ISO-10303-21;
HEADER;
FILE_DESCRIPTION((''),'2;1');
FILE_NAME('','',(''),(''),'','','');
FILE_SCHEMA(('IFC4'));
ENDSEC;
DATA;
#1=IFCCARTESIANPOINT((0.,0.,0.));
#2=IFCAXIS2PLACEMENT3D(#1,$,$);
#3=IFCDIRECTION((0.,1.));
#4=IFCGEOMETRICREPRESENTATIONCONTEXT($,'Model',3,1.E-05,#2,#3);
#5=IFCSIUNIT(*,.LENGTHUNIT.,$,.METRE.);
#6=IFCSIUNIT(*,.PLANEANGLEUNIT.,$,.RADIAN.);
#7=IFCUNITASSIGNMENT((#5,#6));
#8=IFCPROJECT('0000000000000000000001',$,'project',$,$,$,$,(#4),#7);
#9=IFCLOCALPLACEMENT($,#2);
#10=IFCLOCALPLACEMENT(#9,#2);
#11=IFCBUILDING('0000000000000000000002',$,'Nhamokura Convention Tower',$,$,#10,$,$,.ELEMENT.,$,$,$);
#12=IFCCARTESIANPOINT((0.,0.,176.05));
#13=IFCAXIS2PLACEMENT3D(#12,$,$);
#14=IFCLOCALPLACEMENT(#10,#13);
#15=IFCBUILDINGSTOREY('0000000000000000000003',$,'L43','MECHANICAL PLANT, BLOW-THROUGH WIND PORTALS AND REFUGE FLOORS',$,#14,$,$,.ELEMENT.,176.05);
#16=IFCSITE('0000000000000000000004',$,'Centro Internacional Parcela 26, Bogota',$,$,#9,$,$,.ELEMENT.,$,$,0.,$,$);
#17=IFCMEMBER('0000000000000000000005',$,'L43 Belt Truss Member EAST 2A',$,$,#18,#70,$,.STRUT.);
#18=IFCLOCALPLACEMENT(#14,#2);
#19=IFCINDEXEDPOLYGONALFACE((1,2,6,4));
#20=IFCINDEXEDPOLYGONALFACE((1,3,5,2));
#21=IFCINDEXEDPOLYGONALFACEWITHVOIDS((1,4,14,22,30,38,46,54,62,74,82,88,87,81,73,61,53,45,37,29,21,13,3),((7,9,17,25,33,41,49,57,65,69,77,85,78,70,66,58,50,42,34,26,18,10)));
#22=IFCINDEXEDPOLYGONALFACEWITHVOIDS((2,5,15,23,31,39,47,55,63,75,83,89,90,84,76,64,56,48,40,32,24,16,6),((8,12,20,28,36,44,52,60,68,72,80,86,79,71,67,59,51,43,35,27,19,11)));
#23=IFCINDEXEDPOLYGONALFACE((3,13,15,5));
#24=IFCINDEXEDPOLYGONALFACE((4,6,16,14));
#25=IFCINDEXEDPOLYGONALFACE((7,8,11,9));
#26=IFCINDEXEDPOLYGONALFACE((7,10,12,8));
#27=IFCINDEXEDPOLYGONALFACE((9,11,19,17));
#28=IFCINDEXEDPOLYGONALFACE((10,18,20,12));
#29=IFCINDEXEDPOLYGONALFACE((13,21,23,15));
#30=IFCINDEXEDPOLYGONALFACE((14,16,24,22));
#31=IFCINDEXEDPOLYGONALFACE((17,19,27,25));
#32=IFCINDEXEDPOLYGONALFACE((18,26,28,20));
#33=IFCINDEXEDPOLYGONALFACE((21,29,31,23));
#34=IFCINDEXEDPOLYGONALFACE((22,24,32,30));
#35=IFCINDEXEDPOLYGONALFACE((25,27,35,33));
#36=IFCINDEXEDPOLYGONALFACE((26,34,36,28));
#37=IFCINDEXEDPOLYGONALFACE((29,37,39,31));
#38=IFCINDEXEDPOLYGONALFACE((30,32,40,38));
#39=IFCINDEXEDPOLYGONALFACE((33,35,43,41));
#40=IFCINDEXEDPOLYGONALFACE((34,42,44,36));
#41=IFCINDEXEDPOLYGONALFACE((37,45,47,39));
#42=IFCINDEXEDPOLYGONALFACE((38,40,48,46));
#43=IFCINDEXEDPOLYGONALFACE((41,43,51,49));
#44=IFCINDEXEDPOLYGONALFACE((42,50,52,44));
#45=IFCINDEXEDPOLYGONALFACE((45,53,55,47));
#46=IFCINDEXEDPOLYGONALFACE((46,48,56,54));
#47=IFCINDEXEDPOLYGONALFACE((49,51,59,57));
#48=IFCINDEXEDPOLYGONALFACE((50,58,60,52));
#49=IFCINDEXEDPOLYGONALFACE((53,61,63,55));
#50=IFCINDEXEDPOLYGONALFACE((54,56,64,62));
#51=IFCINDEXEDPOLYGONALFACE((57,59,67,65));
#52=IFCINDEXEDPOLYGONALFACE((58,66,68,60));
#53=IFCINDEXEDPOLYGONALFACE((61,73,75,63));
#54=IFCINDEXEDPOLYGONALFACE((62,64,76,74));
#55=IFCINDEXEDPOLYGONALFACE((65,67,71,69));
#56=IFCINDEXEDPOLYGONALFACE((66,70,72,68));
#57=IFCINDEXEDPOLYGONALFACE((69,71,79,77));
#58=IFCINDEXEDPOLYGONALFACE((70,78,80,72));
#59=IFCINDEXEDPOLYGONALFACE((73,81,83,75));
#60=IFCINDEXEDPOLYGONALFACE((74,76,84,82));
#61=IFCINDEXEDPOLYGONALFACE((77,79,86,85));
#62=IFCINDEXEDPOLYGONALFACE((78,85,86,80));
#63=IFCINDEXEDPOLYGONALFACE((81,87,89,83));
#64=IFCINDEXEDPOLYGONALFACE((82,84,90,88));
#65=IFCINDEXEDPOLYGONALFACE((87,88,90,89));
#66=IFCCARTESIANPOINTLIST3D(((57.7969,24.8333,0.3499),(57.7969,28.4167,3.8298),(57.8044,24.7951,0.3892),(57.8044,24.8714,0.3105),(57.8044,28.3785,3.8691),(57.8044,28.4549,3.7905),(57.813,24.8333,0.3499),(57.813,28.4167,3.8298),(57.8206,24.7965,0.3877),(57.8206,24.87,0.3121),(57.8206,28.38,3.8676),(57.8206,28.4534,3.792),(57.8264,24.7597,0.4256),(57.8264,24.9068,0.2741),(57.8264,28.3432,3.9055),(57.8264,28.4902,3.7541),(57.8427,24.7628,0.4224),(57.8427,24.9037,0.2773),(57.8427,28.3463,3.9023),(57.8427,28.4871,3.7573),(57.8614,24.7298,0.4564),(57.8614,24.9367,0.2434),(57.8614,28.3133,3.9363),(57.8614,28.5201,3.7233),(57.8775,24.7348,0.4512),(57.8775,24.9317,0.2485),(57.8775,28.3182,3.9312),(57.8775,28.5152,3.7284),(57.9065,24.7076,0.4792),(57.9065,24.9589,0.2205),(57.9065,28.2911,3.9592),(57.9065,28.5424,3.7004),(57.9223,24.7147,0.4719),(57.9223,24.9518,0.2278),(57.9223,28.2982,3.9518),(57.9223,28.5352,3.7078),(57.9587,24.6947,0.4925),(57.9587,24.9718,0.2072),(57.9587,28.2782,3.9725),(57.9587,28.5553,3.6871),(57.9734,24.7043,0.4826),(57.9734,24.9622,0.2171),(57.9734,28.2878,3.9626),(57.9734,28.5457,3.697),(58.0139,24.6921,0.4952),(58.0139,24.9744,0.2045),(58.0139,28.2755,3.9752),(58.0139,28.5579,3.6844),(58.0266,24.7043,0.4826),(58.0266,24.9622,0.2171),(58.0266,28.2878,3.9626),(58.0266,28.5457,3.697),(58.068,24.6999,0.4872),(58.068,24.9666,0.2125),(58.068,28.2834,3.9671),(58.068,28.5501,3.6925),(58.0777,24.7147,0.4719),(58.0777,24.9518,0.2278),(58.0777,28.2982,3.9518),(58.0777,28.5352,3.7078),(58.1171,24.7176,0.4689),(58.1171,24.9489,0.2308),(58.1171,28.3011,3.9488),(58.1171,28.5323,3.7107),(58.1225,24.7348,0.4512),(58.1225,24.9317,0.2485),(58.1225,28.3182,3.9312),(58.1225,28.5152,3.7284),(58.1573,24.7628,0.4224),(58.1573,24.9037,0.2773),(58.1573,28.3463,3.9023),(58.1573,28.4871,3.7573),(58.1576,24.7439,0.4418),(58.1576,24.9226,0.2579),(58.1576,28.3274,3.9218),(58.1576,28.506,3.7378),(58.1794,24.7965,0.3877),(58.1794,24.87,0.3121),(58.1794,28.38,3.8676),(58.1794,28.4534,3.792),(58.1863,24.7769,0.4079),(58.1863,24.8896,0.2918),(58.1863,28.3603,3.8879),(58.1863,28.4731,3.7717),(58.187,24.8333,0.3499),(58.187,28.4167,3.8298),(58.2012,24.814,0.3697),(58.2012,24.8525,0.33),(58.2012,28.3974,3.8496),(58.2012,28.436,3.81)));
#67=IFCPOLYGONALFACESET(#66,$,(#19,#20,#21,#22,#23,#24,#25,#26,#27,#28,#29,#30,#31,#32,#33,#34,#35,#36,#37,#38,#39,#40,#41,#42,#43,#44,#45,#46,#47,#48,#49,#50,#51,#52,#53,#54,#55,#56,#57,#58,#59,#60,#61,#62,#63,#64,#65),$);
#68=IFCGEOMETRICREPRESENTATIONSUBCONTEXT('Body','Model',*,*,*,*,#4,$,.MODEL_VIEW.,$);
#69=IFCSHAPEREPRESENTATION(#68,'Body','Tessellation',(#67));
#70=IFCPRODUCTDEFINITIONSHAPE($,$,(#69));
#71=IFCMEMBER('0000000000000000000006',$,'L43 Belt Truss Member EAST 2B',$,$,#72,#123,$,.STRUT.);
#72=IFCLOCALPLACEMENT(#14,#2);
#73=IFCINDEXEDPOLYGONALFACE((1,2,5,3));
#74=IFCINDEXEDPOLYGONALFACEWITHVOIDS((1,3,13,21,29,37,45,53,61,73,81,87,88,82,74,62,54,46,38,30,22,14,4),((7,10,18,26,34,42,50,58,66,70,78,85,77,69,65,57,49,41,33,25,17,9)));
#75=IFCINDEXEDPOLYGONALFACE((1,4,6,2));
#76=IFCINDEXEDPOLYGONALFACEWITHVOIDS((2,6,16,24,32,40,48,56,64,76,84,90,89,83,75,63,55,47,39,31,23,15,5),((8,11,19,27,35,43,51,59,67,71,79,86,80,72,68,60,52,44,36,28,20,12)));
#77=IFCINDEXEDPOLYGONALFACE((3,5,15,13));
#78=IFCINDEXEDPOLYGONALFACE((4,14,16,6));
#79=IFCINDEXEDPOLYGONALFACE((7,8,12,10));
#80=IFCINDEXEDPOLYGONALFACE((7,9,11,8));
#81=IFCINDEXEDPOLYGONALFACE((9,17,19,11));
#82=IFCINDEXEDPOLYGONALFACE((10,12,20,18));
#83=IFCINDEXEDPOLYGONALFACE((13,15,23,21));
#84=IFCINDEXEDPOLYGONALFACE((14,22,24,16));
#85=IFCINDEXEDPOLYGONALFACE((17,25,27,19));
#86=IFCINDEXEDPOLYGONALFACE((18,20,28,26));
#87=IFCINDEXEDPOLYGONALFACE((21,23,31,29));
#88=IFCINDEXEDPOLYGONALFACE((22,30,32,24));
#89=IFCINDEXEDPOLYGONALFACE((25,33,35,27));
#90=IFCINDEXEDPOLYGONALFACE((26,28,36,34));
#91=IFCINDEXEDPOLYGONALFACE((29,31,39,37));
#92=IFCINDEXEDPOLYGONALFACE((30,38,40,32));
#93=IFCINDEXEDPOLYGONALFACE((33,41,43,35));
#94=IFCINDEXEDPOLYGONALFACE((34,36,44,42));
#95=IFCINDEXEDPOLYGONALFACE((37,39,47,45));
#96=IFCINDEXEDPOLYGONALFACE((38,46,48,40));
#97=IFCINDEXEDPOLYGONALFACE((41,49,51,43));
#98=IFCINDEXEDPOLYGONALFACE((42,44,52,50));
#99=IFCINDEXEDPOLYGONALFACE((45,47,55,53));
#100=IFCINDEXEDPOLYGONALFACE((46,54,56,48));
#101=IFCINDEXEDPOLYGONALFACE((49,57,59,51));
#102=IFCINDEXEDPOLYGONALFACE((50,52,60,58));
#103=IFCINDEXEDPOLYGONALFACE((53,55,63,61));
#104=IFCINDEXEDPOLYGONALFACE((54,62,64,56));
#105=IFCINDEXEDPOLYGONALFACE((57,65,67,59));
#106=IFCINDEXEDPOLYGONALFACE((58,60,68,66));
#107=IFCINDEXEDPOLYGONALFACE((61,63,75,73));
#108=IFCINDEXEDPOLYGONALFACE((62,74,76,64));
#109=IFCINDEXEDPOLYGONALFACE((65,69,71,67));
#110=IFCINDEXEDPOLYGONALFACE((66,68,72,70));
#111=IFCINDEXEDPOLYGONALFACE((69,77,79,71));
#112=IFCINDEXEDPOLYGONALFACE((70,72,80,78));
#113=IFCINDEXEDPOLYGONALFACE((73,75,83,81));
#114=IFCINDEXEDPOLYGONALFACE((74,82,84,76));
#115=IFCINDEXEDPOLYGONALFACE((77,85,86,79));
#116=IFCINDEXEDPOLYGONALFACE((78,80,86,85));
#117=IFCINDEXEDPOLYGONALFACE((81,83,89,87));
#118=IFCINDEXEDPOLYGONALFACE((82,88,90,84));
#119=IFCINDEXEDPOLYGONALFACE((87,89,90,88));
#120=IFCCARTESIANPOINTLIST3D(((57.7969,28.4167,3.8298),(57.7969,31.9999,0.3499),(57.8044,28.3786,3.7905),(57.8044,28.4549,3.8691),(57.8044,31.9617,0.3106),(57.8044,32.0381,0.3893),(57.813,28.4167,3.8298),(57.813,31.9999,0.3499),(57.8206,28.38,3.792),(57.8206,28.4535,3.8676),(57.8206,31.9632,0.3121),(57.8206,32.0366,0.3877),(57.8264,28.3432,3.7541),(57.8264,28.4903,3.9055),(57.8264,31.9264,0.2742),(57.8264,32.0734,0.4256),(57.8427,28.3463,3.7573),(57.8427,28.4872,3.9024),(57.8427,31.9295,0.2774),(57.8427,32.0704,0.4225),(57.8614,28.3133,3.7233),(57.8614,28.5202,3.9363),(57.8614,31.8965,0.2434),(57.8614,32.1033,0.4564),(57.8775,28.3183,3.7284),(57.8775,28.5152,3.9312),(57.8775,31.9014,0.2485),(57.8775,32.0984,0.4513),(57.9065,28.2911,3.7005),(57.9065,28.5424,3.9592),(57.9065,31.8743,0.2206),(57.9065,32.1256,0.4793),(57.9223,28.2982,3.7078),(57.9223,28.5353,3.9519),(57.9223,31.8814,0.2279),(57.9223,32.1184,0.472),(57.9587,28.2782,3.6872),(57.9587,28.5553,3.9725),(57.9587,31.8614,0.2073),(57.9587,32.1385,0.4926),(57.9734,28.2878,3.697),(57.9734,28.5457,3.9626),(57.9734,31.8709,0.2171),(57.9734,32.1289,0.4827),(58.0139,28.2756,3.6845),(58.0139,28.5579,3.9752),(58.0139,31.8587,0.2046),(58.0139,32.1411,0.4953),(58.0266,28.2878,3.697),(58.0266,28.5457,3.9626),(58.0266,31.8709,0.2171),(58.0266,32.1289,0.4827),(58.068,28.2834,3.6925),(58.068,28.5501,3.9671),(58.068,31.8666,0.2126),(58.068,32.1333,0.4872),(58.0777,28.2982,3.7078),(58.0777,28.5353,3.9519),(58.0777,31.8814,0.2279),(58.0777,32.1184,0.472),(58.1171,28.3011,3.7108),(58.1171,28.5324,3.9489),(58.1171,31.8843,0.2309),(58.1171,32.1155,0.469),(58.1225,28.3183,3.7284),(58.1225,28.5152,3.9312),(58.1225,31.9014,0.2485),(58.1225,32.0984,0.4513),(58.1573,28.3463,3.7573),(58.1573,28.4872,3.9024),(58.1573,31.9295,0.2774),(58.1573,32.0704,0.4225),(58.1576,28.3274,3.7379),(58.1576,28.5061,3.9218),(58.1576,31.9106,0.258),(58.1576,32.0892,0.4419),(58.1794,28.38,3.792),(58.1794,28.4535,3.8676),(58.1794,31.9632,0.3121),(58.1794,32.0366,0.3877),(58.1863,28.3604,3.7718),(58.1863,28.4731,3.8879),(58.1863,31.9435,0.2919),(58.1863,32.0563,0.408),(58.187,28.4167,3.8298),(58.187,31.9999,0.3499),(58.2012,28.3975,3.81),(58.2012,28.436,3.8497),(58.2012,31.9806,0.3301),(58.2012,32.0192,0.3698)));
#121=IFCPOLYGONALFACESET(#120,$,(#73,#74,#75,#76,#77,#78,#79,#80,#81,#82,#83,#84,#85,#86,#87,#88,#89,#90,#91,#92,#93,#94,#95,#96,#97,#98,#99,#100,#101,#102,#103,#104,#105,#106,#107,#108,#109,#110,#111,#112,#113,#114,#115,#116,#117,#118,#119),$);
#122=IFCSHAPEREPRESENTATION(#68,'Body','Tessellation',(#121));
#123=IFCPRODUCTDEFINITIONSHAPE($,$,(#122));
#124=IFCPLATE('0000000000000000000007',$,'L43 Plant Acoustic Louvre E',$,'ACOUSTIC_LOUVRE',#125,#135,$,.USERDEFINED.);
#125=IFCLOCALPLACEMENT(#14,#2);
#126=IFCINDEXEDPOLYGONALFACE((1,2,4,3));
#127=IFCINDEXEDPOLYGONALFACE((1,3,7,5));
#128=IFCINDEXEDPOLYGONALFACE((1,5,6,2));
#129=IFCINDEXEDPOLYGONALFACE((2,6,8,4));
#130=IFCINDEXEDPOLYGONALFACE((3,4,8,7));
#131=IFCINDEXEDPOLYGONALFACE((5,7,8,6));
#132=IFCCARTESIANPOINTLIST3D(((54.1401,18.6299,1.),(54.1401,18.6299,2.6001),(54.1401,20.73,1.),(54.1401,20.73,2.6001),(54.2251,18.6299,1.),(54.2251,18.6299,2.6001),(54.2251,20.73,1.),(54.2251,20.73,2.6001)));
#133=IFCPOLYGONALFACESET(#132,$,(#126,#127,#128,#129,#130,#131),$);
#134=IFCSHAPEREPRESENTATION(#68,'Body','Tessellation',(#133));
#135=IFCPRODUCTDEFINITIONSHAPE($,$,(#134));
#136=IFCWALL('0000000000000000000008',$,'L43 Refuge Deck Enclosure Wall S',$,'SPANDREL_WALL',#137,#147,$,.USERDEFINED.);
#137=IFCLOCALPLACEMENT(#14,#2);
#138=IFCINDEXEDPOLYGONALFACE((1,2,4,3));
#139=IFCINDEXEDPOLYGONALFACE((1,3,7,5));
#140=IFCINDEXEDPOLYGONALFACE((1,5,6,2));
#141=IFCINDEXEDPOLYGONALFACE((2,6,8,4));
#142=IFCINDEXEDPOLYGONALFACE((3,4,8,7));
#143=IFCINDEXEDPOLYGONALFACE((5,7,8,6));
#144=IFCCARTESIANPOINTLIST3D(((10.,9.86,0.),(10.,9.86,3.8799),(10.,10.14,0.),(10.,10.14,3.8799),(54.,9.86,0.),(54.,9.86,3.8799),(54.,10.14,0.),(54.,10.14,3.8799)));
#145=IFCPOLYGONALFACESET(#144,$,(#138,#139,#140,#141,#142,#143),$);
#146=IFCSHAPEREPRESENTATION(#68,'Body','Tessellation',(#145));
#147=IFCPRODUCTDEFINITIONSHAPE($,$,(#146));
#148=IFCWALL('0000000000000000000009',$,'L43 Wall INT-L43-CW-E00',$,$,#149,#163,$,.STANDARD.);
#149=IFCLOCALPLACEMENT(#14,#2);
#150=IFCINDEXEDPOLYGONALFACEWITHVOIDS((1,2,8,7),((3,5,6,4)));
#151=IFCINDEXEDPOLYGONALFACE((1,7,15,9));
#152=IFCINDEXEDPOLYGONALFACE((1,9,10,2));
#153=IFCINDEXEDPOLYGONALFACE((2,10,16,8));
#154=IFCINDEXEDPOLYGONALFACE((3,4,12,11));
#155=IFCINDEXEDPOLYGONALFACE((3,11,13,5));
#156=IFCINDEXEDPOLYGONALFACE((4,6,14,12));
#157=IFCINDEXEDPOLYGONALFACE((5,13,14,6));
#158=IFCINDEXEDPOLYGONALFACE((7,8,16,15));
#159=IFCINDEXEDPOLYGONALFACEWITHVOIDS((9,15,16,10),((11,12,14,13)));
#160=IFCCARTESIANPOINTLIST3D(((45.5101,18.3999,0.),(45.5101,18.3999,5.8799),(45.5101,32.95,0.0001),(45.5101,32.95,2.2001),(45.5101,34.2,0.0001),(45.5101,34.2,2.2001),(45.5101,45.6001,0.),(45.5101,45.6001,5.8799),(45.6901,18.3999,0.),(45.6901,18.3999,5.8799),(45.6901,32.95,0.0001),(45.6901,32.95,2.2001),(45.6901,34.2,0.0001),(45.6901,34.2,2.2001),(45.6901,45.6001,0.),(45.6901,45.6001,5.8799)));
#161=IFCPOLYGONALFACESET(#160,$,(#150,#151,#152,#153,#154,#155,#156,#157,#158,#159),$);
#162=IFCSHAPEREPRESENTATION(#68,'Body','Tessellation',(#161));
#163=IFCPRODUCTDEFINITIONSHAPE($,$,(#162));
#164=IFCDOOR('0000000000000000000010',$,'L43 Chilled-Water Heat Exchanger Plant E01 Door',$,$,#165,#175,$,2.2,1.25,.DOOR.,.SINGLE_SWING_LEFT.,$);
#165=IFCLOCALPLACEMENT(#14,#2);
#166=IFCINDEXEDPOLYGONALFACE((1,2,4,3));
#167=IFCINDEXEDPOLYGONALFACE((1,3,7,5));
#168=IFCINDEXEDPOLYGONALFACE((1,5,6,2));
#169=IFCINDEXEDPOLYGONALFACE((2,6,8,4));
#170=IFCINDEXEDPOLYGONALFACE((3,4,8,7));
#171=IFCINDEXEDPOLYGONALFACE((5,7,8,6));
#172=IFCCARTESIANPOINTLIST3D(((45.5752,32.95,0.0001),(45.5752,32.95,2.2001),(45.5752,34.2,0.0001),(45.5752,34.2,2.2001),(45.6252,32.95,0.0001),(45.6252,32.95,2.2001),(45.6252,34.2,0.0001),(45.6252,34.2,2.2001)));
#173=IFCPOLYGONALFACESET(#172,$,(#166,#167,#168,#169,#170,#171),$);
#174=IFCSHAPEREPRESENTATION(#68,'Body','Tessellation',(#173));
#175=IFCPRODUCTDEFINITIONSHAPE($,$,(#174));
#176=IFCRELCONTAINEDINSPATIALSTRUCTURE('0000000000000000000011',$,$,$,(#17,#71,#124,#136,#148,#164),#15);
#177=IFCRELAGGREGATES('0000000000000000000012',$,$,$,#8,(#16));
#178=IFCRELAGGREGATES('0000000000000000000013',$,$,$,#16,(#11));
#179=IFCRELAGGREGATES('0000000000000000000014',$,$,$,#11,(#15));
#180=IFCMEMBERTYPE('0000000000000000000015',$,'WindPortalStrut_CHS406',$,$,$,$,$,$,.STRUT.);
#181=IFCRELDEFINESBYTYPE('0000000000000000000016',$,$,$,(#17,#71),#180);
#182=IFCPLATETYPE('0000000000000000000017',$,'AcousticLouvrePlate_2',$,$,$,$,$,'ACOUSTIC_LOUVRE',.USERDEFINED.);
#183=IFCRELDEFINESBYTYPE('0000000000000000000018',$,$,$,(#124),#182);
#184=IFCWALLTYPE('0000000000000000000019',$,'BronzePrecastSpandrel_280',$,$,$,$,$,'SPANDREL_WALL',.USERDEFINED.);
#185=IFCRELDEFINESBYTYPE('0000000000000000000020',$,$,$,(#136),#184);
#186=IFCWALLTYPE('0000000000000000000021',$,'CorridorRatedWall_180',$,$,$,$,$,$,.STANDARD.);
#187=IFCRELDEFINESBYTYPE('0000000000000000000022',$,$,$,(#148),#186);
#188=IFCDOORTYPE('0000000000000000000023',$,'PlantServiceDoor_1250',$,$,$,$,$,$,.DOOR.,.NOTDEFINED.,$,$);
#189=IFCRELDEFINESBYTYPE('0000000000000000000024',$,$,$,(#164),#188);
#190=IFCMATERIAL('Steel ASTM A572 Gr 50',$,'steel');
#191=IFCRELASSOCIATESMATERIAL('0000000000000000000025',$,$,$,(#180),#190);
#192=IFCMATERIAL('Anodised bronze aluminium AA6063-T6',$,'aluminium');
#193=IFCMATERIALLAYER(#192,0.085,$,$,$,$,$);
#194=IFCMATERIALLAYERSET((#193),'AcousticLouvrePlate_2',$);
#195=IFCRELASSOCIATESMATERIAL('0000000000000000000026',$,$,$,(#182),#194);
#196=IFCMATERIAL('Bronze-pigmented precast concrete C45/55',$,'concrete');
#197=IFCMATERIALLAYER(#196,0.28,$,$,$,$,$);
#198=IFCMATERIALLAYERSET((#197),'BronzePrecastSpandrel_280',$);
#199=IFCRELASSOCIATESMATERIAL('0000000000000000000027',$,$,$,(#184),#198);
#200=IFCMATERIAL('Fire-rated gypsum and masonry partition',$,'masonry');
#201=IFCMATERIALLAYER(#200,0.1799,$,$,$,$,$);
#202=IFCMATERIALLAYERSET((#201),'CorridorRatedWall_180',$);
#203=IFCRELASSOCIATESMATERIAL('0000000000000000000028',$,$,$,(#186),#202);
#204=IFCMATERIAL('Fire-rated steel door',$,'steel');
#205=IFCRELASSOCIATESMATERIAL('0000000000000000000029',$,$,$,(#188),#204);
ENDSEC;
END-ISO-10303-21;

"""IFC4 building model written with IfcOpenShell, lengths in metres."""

from ifc_helpers import new_model, si_unit, direction, frame, frame_2d, origin, origin_2d, place, context, subcontext, project, spatial, rectangle, hollow_circle, extrude, material, layer, layer_set, material_profile, profile_set, type_object, element, fill, save


model = new_model("IFC4")

# Units and contexts
model_context = context("Model", 3, precision=1e-05, world=origin(), true_north=direction((0.0, 1.0)))
body_context = subcontext(model_context, "Body", "Model", "MODEL_VIEW")
ifc_project = project(units=[si_unit("LENGTHUNIT", "METRE"), si_unit("PLANEANGLEUNIT", "RADIAN")], contexts=[model_context])

# Site, building, storey
site_placement = place(None, origin())
site = spatial("IfcSite", under=ifc_project, at=site_placement, Name="Centro Internacional Parcela 26, Bogota", CompositionType="ELEMENT", RefElevation=0.0)
building_placement = place(site_placement, origin())
building = spatial("IfcBuilding", under=site, at=building_placement, Name="Nhamokura Convention Tower", CompositionType="ELEMENT")
storey_placement = place(building_placement, frame((0.0, 0.0, 176.05)))
storey = spatial("IfcBuildingStorey", under=building, at=storey_placement, Name="L43", Description="MECHANICAL PLANT, BLOW-THROUGH WIND PORTALS AND REFUGE FLOORS", CompositionType="ELEMENT", Elevation=176.05)

# Members
ifc_material_1 = material(Name="Steel ASTM A572 Gr 50", Category="steel")
ifc_material_profile_1 = material_profile(ifc_material_1, hollow_circle(Radius=0.2031, WallThickness=0.0161, at=origin_2d()))
ifc_profile_set_1 = profile_set([ifc_material_profile_1], Name="Steel ASTM A572 Gr 50")
member_type_1 = type_object("IfcMemberType", Name="WindPortalStrut_CHS406", PredefinedType="STRUT", material=ifc_profile_set_1)
member_1_placement = place(storey_placement, frame((58.0, 24.8333, 0.3499), z_axis=(0.0, 0.717392, 0.696669), x_axis=(-1.0, 0.0, 0.0)))
element("IfcMember", 1, at=member_1_placement, inside=storey, type_object=member_type_1, Name="L43 Belt Truss Member EAST 2A", PredefinedType="STRUT", context=body_context, shape_type="SweptSolid", body=[
    extrude(hollow_circle(Radius=0.2031, WallThickness=0.0161, at=origin_2d()), origin(), (0.0, 0.0, 1.0), 4.9951),
])
member_2_placement = place(storey_placement, frame((58.0, 28.4167, 3.8298), z_axis=(0.0, 0.717369, -0.696694), x_axis=(-1.0, 0.0, 0.0)))
element("IfcMember", 2, at=member_2_placement, inside=storey, type_object=member_type_1, Name="L43 Belt Truss Member EAST 2B", PredefinedType="STRUT", context=body_context, shape_type="SweptSolid", body=[
    extrude(hollow_circle(Radius=0.2031, WallThickness=0.0161, at=origin_2d()), origin(), (0.0, 0.0, 1.0), 4.9949),
])

# Plate
ifc_material_2 = material(Name="Anodised bronze aluminium AA6063-T6", Category="aluminium")
ifc_layer_1 = layer(ifc_material_2, 0.085)
ifc_layer_set_1 = layer_set([ifc_layer_1], Name="AcousticLouvrePlate_2")
plate_type = type_object("IfcPlateType", Name="AcousticLouvrePlate_2", ElementType="ACOUSTIC_LOUVRE", PredefinedType="USERDEFINED", material=ifc_layer_set_1)
plate_placement = place(storey_placement, frame((54.1826, 19.6799, 1.0), z_axis=(0.0, 0.0, 1.0), x_axis=(0.0, -1.0, 0.0)))
element("IfcPlate", 3, at=plate_placement, inside=storey, type_object=plate_type, Name="L43 Plant Acoustic Louvre E", ObjectType="ACOUSTIC_LOUVRE", PredefinedType="USERDEFINED", context=body_context, shape_type="SweptSolid", body=[
    extrude(rectangle(XDim=2.1001, YDim=0.085, at=origin_2d()), origin(), (0.0, 0.0, 1.0), 1.6001),
])

# Wall
ifc_material_3 = material(Name="Bronze-pigmented precast concrete C45/55", Category="concrete")
ifc_layer_2 = layer(ifc_material_3, 0.28)
ifc_layer_set_2 = layer_set([ifc_layer_2], Name="BronzePrecastSpandrel_280")
wall_type_1 = type_object("IfcWallType", Name="BronzePrecastSpandrel_280", ElementType="SPANDREL_WALL", PredefinedType="USERDEFINED", material=ifc_layer_set_2)
wall_1_placement = place(storey_placement, frame((54.0, 10.0, 0.0), z_axis=(0.0, 0.0, 1.0), x_axis=(-1.0, 0.0, 0.0)))
element("IfcWall", 4, at=wall_1_placement, inside=storey, type_object=wall_type_1, Name="L43 Refuge Deck Enclosure Wall S", ObjectType="SPANDREL_WALL", PredefinedType="USERDEFINED", context=body_context, shape_type="SweptSolid", body=[
    extrude(rectangle(XDim=44.0, YDim=0.28, at=frame_2d((22.0, 0.0))), origin(), (0.0, 0.0, 1.0), 3.8799),
])

# Wall, opening, door
ifc_material_4 = material(Name="Fire-rated gypsum and masonry partition", Category="masonry")
ifc_layer_3 = layer(ifc_material_4, 0.1799)
ifc_layer_set_3 = layer_set([ifc_layer_3], Name="CorridorRatedWall_180")
wall_type_2 = type_object("IfcWallType", Name="CorridorRatedWall_180", PredefinedType="STANDARD", material=ifc_layer_set_3)
wall_2_placement = place(storey_placement, frame((45.6001, 18.3999, 0.0), z_axis=(0.0, 0.0, 1.0), x_axis=(0.0, 1.0, 0.0)))
wall_2 = element("IfcWall", 5, at=wall_2_placement, inside=storey, type_object=wall_type_2, Name="L43 Wall INT-L43-CW-E00", PredefinedType="STANDARD", context=body_context, shape_type="SweptSolid", body=[
    extrude(rectangle(XDim=27.2002, YDim=0.1799, at=frame_2d((13.6001, 0.0))), origin(), (0.0, 0.0, 1.0), 5.8799),
])
opening_placement = place(wall_2_placement, frame((14.55, 0.0, 0.0)))
opening = element("IfcOpeningElement", 6, at=opening_placement, cuts=wall_2, PredefinedType="OPENING", context=body_context, shape_type="SweptSolid", body=[
    extrude(rectangle(XDim=1.25, YDim=2.2, at=frame_2d((0.625, 1.1001))), frame((0.0, 0.0999, 0.0), z_axis=(0.0, -1.0, 0.0), x_axis=(1.0, 0.0, 0.0)), (0.0, 0.0, 1.0), 0.2),
])
ifc_material_5 = material(Name="Fire-rated steel door", Category="steel")
door_type = type_object("IfcDoorType", Name="PlantServiceDoor_1250", OperationType="NOTDEFINED", PredefinedType="DOOR", material=ifc_material_5)
door_placement = place(opening_placement, origin())
door = element("IfcDoor", 7, at=door_placement, inside=storey, type_object=door_type, Name="L43 Chilled-Water Heat Exchanger Plant E01 Door", OperationType="SINGLE_SWING_LEFT", OverallHeight=2.2, OverallWidth=1.25, PredefinedType="DOOR", context=body_context, shape_type="SweptSolid", body=[
    extrude(rectangle(XDim=1.25, YDim=2.2, at=frame_2d((0.625, 1.1001))), frame((0.0, 0.0249, 0.0), z_axis=(0.0, -1.0, 0.0), x_axis=(1.0, 0.0, 0.0)), (0.0, 0.0, 1.0), 0.05),
])
fill(opening, door)

save(model, "model.ifc")
